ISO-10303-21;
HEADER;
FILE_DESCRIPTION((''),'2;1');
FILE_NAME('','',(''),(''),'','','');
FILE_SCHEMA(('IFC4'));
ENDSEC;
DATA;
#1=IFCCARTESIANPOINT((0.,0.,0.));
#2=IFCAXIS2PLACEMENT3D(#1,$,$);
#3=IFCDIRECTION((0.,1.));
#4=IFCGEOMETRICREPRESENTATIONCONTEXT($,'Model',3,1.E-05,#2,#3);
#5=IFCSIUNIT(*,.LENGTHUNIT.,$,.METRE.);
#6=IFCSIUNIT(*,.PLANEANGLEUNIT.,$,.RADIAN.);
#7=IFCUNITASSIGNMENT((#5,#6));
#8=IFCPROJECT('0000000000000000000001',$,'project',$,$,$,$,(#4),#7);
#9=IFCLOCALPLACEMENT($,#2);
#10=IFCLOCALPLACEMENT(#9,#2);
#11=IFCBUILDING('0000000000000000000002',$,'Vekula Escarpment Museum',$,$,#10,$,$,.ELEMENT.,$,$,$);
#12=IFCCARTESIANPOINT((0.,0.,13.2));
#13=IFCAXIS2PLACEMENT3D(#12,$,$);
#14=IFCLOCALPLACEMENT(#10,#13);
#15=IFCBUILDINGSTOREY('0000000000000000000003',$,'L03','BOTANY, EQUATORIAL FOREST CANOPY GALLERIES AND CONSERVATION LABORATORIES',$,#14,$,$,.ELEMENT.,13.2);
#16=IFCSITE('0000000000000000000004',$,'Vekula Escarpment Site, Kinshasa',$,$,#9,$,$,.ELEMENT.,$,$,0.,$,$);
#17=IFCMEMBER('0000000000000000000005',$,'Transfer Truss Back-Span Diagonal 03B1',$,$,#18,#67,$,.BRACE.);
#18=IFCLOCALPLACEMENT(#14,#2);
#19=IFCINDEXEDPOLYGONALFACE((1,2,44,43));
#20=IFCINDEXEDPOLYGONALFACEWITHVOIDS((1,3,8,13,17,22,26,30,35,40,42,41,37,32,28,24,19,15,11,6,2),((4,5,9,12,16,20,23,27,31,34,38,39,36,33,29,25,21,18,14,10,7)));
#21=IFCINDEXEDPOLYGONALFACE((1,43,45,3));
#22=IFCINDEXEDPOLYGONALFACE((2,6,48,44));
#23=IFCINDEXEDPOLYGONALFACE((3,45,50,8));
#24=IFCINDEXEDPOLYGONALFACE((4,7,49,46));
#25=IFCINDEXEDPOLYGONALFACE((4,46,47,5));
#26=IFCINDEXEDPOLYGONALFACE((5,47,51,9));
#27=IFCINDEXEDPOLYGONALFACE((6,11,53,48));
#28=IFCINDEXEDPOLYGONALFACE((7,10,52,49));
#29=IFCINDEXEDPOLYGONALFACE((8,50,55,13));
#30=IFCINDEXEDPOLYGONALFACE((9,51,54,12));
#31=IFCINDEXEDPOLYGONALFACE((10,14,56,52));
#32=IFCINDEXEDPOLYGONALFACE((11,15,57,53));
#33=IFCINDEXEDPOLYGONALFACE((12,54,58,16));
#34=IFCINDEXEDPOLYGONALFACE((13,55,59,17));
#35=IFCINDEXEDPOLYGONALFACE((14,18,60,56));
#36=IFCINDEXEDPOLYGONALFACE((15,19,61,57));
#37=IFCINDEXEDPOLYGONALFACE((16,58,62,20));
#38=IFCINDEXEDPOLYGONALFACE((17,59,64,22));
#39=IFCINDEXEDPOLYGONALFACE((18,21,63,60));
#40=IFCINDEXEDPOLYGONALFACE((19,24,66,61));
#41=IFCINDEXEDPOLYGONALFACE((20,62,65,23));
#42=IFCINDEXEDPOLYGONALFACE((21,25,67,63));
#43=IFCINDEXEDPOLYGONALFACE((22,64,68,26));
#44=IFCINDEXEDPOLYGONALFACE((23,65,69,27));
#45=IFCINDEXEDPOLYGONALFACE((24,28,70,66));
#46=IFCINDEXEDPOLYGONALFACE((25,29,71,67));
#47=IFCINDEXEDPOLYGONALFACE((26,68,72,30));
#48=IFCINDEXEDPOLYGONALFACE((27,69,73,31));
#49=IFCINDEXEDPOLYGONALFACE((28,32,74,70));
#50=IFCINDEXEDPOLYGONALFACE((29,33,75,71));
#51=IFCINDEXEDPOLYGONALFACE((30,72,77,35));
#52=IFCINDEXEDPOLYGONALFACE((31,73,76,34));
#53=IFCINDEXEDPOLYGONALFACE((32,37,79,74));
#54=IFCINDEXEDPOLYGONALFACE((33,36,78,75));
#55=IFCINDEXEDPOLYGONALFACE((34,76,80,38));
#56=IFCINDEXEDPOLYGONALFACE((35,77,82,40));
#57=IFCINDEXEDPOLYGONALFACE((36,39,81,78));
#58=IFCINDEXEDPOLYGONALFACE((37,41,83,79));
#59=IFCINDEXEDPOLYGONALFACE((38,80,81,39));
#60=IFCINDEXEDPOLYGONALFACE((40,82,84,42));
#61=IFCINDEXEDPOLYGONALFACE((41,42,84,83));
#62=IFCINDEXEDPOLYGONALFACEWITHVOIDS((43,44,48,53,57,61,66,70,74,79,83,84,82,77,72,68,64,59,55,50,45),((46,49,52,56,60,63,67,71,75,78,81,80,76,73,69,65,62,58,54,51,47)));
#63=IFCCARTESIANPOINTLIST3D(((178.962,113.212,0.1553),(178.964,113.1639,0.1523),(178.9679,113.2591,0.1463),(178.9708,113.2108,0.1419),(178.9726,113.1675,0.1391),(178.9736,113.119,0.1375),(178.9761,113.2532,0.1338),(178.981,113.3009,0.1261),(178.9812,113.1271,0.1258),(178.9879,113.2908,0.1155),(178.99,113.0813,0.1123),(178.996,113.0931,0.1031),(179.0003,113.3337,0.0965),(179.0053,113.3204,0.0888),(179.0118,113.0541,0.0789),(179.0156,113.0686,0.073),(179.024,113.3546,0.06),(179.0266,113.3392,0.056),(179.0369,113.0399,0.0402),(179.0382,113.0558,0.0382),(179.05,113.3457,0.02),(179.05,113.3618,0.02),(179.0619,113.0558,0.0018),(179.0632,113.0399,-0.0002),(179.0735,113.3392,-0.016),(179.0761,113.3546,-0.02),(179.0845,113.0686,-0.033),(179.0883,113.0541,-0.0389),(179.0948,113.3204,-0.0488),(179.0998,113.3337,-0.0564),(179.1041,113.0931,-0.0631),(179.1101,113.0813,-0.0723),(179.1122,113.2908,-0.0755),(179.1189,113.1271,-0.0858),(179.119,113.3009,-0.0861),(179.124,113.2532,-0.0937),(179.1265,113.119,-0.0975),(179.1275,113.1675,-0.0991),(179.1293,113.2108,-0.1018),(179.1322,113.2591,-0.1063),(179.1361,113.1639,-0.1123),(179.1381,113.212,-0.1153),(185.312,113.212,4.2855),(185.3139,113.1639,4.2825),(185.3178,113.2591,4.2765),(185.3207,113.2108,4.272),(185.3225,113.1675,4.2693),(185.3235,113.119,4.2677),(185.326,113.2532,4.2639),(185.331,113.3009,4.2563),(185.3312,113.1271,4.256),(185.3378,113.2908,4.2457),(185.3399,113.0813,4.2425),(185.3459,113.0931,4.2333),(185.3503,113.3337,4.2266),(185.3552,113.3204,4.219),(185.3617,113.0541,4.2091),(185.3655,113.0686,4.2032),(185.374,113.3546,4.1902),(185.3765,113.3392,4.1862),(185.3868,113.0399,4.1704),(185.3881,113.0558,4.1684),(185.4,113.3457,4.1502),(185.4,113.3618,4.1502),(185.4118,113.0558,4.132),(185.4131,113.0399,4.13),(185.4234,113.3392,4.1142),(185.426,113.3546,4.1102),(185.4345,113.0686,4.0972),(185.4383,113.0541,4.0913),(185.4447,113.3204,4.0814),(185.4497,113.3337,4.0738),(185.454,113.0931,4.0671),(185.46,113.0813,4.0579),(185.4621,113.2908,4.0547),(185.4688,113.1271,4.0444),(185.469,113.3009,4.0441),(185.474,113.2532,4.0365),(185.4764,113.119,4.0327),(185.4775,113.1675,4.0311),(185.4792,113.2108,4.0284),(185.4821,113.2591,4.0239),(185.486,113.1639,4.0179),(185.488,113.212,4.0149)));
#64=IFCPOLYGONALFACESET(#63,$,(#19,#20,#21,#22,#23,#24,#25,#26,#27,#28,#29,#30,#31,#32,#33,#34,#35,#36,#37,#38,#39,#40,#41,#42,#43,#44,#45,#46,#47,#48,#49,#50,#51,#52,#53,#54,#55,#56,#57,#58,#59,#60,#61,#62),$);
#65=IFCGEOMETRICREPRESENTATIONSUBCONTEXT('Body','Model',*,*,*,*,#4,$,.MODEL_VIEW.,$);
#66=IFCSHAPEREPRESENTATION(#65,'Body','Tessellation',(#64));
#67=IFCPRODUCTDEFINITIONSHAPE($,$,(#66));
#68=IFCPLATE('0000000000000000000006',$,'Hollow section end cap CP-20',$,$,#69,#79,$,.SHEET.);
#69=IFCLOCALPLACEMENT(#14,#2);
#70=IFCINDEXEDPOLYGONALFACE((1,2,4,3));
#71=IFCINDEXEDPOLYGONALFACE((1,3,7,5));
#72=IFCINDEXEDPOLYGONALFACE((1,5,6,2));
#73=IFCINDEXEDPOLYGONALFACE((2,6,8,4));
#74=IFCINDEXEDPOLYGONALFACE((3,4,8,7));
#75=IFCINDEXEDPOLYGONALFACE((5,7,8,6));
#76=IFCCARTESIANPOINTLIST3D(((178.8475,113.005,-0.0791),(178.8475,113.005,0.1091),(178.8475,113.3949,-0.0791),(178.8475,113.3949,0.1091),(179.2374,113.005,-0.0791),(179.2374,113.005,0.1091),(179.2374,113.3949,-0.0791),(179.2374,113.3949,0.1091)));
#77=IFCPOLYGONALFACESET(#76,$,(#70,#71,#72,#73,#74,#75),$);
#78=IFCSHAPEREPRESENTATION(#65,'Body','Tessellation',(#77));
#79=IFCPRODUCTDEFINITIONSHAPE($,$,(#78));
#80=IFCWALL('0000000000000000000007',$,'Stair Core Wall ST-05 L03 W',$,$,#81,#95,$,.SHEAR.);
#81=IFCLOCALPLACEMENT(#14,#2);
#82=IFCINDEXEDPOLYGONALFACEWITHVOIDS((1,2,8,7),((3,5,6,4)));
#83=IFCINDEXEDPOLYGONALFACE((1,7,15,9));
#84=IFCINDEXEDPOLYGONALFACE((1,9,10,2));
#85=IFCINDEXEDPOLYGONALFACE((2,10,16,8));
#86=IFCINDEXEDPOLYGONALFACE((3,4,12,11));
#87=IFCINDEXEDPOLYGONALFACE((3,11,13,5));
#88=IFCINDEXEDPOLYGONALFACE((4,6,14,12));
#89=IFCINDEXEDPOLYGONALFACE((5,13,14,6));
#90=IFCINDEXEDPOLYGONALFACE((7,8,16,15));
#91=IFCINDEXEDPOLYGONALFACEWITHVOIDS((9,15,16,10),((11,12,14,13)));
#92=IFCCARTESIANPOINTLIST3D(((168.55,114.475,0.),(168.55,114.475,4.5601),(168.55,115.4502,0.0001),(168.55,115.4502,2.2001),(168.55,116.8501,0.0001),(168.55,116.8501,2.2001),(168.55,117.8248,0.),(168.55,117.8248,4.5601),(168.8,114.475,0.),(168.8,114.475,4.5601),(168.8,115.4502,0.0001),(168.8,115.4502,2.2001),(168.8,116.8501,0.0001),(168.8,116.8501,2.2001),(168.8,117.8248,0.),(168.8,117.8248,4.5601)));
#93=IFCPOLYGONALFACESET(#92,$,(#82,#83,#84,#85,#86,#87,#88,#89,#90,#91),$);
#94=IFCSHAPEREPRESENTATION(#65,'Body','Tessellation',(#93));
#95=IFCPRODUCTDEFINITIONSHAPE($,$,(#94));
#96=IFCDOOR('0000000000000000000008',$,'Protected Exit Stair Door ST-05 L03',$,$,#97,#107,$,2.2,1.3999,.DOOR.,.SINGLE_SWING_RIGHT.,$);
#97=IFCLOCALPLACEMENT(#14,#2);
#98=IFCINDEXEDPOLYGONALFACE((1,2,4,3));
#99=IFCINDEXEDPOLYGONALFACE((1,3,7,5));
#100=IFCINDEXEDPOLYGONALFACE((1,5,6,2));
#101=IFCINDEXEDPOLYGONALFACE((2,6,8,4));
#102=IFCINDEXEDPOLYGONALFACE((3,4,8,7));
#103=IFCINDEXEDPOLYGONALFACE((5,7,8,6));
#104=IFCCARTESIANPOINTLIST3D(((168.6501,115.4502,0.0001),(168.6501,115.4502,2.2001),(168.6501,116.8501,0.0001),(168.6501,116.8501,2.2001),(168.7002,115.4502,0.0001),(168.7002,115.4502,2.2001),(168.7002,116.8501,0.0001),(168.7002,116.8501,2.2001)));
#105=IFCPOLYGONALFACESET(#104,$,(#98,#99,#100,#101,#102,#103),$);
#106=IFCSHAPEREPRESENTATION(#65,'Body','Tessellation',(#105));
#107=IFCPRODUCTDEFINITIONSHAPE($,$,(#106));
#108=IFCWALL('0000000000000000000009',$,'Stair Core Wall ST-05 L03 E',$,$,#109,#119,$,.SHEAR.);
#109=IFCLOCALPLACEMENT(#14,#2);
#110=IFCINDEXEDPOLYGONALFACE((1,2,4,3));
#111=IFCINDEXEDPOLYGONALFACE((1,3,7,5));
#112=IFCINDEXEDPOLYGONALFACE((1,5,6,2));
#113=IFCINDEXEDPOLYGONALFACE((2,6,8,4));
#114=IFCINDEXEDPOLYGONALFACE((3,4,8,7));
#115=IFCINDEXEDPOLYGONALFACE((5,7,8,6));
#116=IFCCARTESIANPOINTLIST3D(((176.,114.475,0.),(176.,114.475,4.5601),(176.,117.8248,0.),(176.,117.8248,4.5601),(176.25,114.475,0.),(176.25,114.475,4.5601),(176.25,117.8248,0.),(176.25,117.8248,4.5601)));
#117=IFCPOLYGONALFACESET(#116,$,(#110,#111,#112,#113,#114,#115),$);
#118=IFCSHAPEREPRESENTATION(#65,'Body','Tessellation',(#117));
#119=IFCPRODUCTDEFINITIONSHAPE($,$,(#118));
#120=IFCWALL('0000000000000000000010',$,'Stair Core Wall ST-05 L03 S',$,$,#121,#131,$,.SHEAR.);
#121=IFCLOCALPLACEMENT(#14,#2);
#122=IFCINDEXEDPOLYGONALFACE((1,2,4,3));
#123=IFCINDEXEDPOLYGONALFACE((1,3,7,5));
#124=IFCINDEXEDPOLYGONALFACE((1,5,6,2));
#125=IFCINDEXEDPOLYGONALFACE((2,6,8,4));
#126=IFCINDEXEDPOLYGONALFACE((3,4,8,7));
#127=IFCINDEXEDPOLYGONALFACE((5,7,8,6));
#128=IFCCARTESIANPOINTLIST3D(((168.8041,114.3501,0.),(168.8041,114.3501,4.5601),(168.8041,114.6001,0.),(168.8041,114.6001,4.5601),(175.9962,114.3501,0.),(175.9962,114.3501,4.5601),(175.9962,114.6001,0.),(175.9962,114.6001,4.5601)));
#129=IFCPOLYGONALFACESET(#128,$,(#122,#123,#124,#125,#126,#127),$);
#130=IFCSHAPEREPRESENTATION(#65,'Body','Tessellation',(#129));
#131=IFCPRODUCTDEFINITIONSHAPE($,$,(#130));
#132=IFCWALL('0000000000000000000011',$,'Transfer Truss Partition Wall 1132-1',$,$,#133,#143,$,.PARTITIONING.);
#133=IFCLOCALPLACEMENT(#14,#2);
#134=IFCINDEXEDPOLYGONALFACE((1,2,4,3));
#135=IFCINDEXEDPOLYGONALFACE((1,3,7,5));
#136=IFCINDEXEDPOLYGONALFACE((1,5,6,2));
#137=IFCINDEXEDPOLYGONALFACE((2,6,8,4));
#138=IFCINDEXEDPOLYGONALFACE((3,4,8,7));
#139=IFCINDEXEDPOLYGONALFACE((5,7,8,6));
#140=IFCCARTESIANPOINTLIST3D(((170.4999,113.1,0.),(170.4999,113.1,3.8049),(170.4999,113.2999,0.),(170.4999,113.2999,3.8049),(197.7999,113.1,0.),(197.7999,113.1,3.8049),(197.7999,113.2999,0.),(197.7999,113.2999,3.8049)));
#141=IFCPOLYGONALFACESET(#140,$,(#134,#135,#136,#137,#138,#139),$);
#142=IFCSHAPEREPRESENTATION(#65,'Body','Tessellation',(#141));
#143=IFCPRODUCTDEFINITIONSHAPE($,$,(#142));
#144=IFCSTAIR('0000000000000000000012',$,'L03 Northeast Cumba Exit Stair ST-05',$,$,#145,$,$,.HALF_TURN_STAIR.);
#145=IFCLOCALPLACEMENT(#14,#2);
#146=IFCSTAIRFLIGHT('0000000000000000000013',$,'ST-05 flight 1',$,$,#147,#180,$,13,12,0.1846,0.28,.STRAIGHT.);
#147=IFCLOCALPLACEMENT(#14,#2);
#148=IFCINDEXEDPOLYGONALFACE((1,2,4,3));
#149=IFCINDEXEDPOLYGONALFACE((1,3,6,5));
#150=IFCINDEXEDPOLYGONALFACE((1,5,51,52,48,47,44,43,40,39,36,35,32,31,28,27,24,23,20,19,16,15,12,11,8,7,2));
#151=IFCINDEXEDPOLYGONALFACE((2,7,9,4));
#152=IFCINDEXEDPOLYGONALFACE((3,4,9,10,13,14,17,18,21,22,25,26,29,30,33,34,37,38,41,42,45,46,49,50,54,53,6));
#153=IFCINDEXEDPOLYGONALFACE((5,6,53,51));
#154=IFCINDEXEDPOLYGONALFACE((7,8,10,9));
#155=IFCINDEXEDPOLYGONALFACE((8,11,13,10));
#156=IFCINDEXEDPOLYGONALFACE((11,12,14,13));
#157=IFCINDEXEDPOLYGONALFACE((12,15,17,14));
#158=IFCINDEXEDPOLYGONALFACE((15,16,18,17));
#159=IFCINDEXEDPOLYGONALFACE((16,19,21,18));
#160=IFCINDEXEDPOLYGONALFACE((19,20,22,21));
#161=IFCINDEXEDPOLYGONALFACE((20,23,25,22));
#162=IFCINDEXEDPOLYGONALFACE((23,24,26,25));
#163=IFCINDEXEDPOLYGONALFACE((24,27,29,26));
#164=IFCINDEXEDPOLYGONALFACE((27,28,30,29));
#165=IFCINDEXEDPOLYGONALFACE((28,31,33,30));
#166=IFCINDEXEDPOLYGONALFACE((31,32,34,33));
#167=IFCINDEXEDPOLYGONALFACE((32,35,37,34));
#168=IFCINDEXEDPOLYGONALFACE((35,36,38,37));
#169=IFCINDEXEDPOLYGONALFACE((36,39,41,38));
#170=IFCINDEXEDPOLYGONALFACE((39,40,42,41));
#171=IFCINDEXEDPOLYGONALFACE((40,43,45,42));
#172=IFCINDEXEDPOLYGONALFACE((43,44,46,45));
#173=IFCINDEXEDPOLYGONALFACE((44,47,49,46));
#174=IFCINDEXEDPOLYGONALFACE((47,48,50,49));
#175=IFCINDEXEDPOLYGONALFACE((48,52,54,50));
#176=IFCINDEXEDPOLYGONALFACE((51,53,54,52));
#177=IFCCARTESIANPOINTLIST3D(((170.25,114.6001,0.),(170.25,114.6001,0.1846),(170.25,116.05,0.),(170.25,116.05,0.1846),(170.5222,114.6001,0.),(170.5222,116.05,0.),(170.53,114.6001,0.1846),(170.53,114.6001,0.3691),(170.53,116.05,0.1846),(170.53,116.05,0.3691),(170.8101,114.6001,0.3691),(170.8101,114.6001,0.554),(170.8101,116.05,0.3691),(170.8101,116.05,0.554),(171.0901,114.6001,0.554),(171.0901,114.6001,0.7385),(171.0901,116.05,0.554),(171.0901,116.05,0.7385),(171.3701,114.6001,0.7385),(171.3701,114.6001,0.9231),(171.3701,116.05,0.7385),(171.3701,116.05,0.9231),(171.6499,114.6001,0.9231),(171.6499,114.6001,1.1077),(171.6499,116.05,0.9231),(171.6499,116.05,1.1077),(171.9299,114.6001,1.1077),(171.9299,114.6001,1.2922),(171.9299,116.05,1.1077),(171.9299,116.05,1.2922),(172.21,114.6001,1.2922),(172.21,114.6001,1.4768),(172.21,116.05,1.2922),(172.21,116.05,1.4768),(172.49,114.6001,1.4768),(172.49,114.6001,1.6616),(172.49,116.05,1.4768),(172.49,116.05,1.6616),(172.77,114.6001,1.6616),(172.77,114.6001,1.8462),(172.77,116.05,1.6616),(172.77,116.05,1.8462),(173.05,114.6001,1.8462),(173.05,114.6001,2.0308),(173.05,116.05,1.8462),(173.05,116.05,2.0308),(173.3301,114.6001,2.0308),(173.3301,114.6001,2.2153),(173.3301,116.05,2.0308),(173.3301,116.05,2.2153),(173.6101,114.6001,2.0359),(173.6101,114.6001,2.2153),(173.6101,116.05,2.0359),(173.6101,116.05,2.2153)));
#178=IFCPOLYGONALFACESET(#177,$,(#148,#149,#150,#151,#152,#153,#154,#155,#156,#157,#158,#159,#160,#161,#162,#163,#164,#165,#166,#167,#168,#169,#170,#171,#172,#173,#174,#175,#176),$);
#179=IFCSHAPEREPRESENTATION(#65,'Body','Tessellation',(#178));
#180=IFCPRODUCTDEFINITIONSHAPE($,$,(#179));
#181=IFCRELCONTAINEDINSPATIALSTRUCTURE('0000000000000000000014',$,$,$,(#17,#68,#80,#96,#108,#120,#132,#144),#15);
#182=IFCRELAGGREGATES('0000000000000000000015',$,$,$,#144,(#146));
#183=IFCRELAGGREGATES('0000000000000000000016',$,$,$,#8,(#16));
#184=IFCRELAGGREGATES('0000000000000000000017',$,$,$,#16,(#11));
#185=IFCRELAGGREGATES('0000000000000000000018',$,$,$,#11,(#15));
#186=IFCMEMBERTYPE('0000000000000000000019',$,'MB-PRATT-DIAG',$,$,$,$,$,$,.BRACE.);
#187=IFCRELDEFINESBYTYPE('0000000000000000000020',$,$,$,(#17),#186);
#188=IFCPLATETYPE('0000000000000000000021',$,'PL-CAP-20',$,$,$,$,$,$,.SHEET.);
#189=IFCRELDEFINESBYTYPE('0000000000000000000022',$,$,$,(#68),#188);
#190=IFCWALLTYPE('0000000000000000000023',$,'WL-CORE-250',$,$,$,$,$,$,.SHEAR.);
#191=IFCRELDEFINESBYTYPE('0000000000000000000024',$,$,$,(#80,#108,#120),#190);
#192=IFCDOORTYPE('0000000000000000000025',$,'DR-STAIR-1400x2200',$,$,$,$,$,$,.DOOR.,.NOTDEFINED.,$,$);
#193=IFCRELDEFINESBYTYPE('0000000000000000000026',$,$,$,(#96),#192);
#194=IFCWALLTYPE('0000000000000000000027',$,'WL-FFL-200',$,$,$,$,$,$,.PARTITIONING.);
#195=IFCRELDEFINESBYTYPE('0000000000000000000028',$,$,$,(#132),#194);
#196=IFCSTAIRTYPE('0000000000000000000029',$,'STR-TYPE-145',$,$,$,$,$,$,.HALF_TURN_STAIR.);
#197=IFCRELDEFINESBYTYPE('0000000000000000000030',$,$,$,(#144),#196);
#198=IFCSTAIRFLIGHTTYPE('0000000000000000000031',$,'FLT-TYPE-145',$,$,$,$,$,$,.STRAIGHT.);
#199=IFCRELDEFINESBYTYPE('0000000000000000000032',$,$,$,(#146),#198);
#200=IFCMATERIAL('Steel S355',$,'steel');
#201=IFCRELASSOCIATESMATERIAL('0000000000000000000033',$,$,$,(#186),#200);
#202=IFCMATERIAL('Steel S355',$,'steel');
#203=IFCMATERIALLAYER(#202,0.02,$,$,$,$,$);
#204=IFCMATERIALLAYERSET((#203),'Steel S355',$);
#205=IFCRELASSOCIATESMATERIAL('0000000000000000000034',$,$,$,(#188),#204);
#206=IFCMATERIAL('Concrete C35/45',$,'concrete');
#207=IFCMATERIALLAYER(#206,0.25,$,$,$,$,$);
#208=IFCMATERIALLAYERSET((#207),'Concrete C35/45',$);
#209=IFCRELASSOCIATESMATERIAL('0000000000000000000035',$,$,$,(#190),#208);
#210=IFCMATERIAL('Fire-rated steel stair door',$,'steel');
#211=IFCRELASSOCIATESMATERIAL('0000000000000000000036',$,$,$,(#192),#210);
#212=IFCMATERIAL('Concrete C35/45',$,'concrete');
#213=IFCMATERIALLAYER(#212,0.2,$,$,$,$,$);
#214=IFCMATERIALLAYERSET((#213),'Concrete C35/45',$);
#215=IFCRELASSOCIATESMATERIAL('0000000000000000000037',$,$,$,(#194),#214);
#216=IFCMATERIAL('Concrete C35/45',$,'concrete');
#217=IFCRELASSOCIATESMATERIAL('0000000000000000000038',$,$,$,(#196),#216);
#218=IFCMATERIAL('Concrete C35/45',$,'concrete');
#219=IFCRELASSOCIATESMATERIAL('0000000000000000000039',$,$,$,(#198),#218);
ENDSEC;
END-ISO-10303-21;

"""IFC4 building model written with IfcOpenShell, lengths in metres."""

from ifc_helpers import new_model, si_unit, direction, frame, frame_2d, origin, origin_2d, place, context, subcontext, project, spatial, polyline, rectangle, hollow_circle, outline, extrude, material, layer, layer_set, material_profile, profile_set, type_object, element, fill, aggregate, save


model = new_model("IFC4")

# Units and contexts
model_context = context("Model", 3, precision=1e-05, world=origin(), true_north=direction((0.0, 1.0)))
body_context = subcontext(model_context, "Body", "Model", "MODEL_VIEW")
ifc_project = project(units=[si_unit("LENGTHUNIT", "METRE"), si_unit("PLANEANGLEUNIT", "RADIAN")], contexts=[model_context])

# Site, building, storey
site_placement = place(None, origin())
site = spatial("IfcSite", under=ifc_project, at=site_placement, Name="Vekula Escarpment Site, Kinshasa", CompositionType="ELEMENT", RefElevation=0.0)
building_placement = place(site_placement, origin())
building = spatial("IfcBuilding", under=site, at=building_placement, Name="Vekula Escarpment Museum", CompositionType="ELEMENT")
storey_placement = place(building_placement, frame((0.0, 0.0, 13.2)))
storey = spatial("IfcBuildingStorey", under=building, at=storey_placement, Name="L03", Description="BOTANY, EQUATORIAL FOREST CANOPY GALLERIES AND CONSERVATION LABORATORIES", CompositionType="ELEMENT", Elevation=13.2)

# Member
ifc_material_1 = material(Name="Steel S355", Category="steel")
ifc_material_profile_1 = material_profile(ifc_material_1, hollow_circle(Radius=0.1619, WallThickness=0.0161, at=origin_2d()), Name="CHS 323.9x16")
ifc_profile_set_1 = profile_set([ifc_material_profile_1], Name="Steel S355")
member_type = type_object("IfcMemberType", Name="MB-PRATT-DIAG", PredefinedType="BRACE", material=ifc_profile_set_1)
member_placement = place(storey_placement, frame((179.05, 113.2, 0.02), z_axis=(0.838279, 0.0, 0.545241), x_axis=(0.0, 1.0, 0.0)))
element("IfcMember", 1, at=member_placement, inside=storey, type_object=member_type, Name="Transfer Truss Back-Span Diagonal 03B1", PredefinedType="BRACE", context=body_context, shape_type="SweptSolid", body=[
    extrude(hollow_circle(Radius=0.1619, WallThickness=0.0161, at=origin_2d()), origin(), (0.0, 0.0, 1.0), 7.575),
])

# Plate
ifc_material_2 = material(Name="Steel S355", Category="steel")
ifc_layer_1 = layer(ifc_material_2, 0.02)
ifc_layer_set_1 = layer_set([ifc_layer_1], Name="Steel S355")
plate_type = type_object("IfcPlateType", Name="PL-CAP-20", PredefinedType="SHEET", material=ifc_layer_set_1)
plate_placement = place(storey_placement, frame((179.0425, 113.2, -0.0791), z_axis=(0.0, 0.0, 1.0), x_axis=(1.0, 0.0, 0.0)))
element("IfcPlate", 2, at=plate_placement, inside=storey, type_object=plate_type, Name="Hollow section end cap CP-20", PredefinedType="SHEET", context=body_context, shape_type="SweptSolid", body=[
    extrude(rectangle(XDim=0.3899, YDim=0.3899, at=origin_2d()), origin(), (0.0, 0.0, 1.0), 0.1882),
])

# Wall, opening, door
ifc_material_3 = material(Name="Concrete C35/45", Category="concrete")
ifc_layer_2 = layer(ifc_material_3, 0.25)
ifc_layer_set_2 = layer_set([ifc_layer_2], Name="Concrete C35/45")
wall_type_1 = type_object("IfcWallType", Name="WL-CORE-250", PredefinedType="SHEAR", material=ifc_layer_set_2)
wall_1_placement = place(storey_placement, frame((168.675, 114.4751, 0.0), z_axis=(0.0, 0.0, 1.0), x_axis=(0.0, 1.0, 0.0)))
wall_1 = element("IfcWall", 3, at=wall_1_placement, inside=storey, type_object=wall_type_1, Name="Stair Core Wall ST-05 L03 W", PredefinedType="SHEAR", context=body_context, shape_type="SweptSolid", body=[
    extrude(rectangle(XDim=3.3499, YDim=0.25, at=frame_2d((1.6748, 0.0))), origin(), (0.0, 0.0, 1.0), 4.5601),
])
opening_placement = place(wall_1_placement, frame((0.9751, 0.0, 0.0)))
opening = element("IfcOpeningElement", 4, at=opening_placement, cuts=wall_1, PredefinedType="OPENING", context=body_context, shape_type="SweptSolid", body=[
    extrude(rectangle(XDim=1.3999, YDim=2.2, at=frame_2d((0.7, 1.1001))), frame((0.0, 0.135, 0.0), z_axis=(0.0, -1.0, 0.0), x_axis=(1.0, 0.0, 0.0)), (0.0, 0.0, 1.0), 0.27),
])
ifc_material_4 = material(Name="Fire-rated steel stair door", Category="steel")
door_type = type_object("IfcDoorType", Name="DR-STAIR-1400x2200", OperationType="NOTDEFINED", PredefinedType="DOOR", material=ifc_material_4)
door_placement = place(opening_placement, origin())
door = element("IfcDoor", 5, at=door_placement, inside=storey, type_object=door_type, Name="Protected Exit Stair Door ST-05 L03", OperationType="SINGLE_SWING_RIGHT", OverallHeight=2.2, OverallWidth=1.3999, PredefinedType="DOOR", context=body_context, shape_type="SweptSolid", body=[
    extrude(rectangle(XDim=1.3999, YDim=2.2, at=frame_2d((0.7, 1.1001))), frame((0.0, 0.0249, 0.0), z_axis=(0.0, -1.0, 0.0), x_axis=(1.0, 0.0, 0.0)), (0.0, 0.0, 1.0), 0.05),
])
fill(opening, door)

# Walls
wall_2_placement = place(storey_placement, frame((176.125, 114.4751, 0.0), z_axis=(0.0, 0.0, 1.0), x_axis=(0.0, 1.0, 0.0)))
element("IfcWall", 6, at=wall_2_placement, inside=storey, type_object=wall_type_1, Name="Stair Core Wall ST-05 L03 E", PredefinedType="SHEAR", context=body_context, shape_type="SweptSolid", body=[
    extrude(rectangle(XDim=3.3499, YDim=0.25, at=frame_2d((1.6748, 0.0))), origin(), (0.0, 0.0, 1.0), 4.5601),
])
wall_3_placement = place(storey_placement, frame((168.804, 114.4751, 0.0), z_axis=(0.0, 0.0, 1.0), x_axis=(1.0, 0.0, 0.0)))
element("IfcWall", 7, at=wall_3_placement, inside=storey, type_object=wall_type_1, Name="Stair Core Wall ST-05 L03 S", PredefinedType="SHEAR", context=body_context, shape_type="SweptSolid", body=[
    extrude(rectangle(XDim=7.1921, YDim=0.25, at=frame_2d((3.5962, 0.0))), origin(), (0.0, 0.0, 1.0), 4.5601),
])
ifc_material_5 = material(Name="Concrete C35/45", Category="concrete")
ifc_layer_3 = layer(ifc_material_5, 0.2)
ifc_layer_set_3 = layer_set([ifc_layer_3], Name="Concrete C35/45")
wall_type_2 = type_object("IfcWallType", Name="WL-FFL-200", PredefinedType="PARTITIONING", material=ifc_layer_set_3)
wall_4_placement = place(storey_placement, frame((170.5, 113.2, 0.0), z_axis=(0.0, 0.0, 1.0), x_axis=(1.0, 0.0, 0.0)))
element("IfcWall", 8, at=wall_4_placement, inside=storey, type_object=wall_type_2, Name="Transfer Truss Partition Wall 1132-1", PredefinedType="PARTITIONING", context=body_context, shape_type="SweptSolid", body=[
    extrude(rectangle(XDim=27.3, YDim=0.2, at=frame_2d((13.6499, 0.0))), origin(), (0.0, 0.0, 1.0), 3.8049),
])

# Stair, stair flight
ifc_material_6 = material(Name="Concrete C35/45", Category="concrete")
stair_type = type_object("IfcStairType", Name="STR-TYPE-145", PredefinedType="HALF_TURN_STAIR", material=ifc_material_6)
stair_placement = place(storey_placement, origin())
stair = element("IfcStair", 9, at=stair_placement, inside=storey, type_object=stair_type, Name="L03 Northeast Cumba Exit Stair ST-05", PredefinedType="HALF_TURN_STAIR")
ifc_material_7 = material(Name="Concrete C35/45", Category="concrete")
stair_flight_type = type_object("IfcStairFlightType", Name="FLT-TYPE-145", PredefinedType="STRAIGHT", material=ifc_material_7)
stair_flight_1_placement = place(storey_placement, frame((170.25, 115.325, 0.0), z_axis=(0.0, 0.0, 1.0), x_axis=(1.0, 0.0, 0.0)))
stair_flight_1 = element("IfcStairFlight", 10, at=stair_flight_1_placement, type_object=stair_flight_type, Name="ST-05 flight 1", NumberOfRisers=13, NumberOfTreads=12, PredefinedType="STRAIGHT", RiserHeight=0.1846, TreadLength=0.28, context=body_context, shape_type="SweptSolid", body=[
    extrude(outline(polyline([(0.0, 0.0), (0.0, 0.1846), (0.28, 0.1846), (0.28, 0.3691), (0.5601, 0.3691), (0.5601, 0.554), (0.8401, 0.554), (0.8401, 0.7385), (1.1201, 0.7385), (1.1201, 0.9231), (1.3999, 0.9231), (1.3999, 1.1077), (1.6799, 1.1077), (1.6799, 1.2922), (1.96, 1.2922), (1.96, 1.4768), (2.24, 1.4768), (2.24, 1.6616), (2.52, 1.6616), (2.52, 1.8462), (2.8, 1.8462), (2.8, 2.0308), (3.0801, 2.0308), (3.0801, 2.2153), (3.3601, 2.2153), (3.3601, 2.3999), (3.3601, 2.0359), (0.2722, 0.0), (0.0, 0.0)])), frame((0.0, 0.7251, 0.0), z_axis=(0.0, -1.0, 0.0), x_axis=(1.0, 0.0, 0.0)), (0.0, 0.0, 1.0), 1.45),
])
aggregate(stair, [stair_flight_1])

save(model, "model.ifc")
